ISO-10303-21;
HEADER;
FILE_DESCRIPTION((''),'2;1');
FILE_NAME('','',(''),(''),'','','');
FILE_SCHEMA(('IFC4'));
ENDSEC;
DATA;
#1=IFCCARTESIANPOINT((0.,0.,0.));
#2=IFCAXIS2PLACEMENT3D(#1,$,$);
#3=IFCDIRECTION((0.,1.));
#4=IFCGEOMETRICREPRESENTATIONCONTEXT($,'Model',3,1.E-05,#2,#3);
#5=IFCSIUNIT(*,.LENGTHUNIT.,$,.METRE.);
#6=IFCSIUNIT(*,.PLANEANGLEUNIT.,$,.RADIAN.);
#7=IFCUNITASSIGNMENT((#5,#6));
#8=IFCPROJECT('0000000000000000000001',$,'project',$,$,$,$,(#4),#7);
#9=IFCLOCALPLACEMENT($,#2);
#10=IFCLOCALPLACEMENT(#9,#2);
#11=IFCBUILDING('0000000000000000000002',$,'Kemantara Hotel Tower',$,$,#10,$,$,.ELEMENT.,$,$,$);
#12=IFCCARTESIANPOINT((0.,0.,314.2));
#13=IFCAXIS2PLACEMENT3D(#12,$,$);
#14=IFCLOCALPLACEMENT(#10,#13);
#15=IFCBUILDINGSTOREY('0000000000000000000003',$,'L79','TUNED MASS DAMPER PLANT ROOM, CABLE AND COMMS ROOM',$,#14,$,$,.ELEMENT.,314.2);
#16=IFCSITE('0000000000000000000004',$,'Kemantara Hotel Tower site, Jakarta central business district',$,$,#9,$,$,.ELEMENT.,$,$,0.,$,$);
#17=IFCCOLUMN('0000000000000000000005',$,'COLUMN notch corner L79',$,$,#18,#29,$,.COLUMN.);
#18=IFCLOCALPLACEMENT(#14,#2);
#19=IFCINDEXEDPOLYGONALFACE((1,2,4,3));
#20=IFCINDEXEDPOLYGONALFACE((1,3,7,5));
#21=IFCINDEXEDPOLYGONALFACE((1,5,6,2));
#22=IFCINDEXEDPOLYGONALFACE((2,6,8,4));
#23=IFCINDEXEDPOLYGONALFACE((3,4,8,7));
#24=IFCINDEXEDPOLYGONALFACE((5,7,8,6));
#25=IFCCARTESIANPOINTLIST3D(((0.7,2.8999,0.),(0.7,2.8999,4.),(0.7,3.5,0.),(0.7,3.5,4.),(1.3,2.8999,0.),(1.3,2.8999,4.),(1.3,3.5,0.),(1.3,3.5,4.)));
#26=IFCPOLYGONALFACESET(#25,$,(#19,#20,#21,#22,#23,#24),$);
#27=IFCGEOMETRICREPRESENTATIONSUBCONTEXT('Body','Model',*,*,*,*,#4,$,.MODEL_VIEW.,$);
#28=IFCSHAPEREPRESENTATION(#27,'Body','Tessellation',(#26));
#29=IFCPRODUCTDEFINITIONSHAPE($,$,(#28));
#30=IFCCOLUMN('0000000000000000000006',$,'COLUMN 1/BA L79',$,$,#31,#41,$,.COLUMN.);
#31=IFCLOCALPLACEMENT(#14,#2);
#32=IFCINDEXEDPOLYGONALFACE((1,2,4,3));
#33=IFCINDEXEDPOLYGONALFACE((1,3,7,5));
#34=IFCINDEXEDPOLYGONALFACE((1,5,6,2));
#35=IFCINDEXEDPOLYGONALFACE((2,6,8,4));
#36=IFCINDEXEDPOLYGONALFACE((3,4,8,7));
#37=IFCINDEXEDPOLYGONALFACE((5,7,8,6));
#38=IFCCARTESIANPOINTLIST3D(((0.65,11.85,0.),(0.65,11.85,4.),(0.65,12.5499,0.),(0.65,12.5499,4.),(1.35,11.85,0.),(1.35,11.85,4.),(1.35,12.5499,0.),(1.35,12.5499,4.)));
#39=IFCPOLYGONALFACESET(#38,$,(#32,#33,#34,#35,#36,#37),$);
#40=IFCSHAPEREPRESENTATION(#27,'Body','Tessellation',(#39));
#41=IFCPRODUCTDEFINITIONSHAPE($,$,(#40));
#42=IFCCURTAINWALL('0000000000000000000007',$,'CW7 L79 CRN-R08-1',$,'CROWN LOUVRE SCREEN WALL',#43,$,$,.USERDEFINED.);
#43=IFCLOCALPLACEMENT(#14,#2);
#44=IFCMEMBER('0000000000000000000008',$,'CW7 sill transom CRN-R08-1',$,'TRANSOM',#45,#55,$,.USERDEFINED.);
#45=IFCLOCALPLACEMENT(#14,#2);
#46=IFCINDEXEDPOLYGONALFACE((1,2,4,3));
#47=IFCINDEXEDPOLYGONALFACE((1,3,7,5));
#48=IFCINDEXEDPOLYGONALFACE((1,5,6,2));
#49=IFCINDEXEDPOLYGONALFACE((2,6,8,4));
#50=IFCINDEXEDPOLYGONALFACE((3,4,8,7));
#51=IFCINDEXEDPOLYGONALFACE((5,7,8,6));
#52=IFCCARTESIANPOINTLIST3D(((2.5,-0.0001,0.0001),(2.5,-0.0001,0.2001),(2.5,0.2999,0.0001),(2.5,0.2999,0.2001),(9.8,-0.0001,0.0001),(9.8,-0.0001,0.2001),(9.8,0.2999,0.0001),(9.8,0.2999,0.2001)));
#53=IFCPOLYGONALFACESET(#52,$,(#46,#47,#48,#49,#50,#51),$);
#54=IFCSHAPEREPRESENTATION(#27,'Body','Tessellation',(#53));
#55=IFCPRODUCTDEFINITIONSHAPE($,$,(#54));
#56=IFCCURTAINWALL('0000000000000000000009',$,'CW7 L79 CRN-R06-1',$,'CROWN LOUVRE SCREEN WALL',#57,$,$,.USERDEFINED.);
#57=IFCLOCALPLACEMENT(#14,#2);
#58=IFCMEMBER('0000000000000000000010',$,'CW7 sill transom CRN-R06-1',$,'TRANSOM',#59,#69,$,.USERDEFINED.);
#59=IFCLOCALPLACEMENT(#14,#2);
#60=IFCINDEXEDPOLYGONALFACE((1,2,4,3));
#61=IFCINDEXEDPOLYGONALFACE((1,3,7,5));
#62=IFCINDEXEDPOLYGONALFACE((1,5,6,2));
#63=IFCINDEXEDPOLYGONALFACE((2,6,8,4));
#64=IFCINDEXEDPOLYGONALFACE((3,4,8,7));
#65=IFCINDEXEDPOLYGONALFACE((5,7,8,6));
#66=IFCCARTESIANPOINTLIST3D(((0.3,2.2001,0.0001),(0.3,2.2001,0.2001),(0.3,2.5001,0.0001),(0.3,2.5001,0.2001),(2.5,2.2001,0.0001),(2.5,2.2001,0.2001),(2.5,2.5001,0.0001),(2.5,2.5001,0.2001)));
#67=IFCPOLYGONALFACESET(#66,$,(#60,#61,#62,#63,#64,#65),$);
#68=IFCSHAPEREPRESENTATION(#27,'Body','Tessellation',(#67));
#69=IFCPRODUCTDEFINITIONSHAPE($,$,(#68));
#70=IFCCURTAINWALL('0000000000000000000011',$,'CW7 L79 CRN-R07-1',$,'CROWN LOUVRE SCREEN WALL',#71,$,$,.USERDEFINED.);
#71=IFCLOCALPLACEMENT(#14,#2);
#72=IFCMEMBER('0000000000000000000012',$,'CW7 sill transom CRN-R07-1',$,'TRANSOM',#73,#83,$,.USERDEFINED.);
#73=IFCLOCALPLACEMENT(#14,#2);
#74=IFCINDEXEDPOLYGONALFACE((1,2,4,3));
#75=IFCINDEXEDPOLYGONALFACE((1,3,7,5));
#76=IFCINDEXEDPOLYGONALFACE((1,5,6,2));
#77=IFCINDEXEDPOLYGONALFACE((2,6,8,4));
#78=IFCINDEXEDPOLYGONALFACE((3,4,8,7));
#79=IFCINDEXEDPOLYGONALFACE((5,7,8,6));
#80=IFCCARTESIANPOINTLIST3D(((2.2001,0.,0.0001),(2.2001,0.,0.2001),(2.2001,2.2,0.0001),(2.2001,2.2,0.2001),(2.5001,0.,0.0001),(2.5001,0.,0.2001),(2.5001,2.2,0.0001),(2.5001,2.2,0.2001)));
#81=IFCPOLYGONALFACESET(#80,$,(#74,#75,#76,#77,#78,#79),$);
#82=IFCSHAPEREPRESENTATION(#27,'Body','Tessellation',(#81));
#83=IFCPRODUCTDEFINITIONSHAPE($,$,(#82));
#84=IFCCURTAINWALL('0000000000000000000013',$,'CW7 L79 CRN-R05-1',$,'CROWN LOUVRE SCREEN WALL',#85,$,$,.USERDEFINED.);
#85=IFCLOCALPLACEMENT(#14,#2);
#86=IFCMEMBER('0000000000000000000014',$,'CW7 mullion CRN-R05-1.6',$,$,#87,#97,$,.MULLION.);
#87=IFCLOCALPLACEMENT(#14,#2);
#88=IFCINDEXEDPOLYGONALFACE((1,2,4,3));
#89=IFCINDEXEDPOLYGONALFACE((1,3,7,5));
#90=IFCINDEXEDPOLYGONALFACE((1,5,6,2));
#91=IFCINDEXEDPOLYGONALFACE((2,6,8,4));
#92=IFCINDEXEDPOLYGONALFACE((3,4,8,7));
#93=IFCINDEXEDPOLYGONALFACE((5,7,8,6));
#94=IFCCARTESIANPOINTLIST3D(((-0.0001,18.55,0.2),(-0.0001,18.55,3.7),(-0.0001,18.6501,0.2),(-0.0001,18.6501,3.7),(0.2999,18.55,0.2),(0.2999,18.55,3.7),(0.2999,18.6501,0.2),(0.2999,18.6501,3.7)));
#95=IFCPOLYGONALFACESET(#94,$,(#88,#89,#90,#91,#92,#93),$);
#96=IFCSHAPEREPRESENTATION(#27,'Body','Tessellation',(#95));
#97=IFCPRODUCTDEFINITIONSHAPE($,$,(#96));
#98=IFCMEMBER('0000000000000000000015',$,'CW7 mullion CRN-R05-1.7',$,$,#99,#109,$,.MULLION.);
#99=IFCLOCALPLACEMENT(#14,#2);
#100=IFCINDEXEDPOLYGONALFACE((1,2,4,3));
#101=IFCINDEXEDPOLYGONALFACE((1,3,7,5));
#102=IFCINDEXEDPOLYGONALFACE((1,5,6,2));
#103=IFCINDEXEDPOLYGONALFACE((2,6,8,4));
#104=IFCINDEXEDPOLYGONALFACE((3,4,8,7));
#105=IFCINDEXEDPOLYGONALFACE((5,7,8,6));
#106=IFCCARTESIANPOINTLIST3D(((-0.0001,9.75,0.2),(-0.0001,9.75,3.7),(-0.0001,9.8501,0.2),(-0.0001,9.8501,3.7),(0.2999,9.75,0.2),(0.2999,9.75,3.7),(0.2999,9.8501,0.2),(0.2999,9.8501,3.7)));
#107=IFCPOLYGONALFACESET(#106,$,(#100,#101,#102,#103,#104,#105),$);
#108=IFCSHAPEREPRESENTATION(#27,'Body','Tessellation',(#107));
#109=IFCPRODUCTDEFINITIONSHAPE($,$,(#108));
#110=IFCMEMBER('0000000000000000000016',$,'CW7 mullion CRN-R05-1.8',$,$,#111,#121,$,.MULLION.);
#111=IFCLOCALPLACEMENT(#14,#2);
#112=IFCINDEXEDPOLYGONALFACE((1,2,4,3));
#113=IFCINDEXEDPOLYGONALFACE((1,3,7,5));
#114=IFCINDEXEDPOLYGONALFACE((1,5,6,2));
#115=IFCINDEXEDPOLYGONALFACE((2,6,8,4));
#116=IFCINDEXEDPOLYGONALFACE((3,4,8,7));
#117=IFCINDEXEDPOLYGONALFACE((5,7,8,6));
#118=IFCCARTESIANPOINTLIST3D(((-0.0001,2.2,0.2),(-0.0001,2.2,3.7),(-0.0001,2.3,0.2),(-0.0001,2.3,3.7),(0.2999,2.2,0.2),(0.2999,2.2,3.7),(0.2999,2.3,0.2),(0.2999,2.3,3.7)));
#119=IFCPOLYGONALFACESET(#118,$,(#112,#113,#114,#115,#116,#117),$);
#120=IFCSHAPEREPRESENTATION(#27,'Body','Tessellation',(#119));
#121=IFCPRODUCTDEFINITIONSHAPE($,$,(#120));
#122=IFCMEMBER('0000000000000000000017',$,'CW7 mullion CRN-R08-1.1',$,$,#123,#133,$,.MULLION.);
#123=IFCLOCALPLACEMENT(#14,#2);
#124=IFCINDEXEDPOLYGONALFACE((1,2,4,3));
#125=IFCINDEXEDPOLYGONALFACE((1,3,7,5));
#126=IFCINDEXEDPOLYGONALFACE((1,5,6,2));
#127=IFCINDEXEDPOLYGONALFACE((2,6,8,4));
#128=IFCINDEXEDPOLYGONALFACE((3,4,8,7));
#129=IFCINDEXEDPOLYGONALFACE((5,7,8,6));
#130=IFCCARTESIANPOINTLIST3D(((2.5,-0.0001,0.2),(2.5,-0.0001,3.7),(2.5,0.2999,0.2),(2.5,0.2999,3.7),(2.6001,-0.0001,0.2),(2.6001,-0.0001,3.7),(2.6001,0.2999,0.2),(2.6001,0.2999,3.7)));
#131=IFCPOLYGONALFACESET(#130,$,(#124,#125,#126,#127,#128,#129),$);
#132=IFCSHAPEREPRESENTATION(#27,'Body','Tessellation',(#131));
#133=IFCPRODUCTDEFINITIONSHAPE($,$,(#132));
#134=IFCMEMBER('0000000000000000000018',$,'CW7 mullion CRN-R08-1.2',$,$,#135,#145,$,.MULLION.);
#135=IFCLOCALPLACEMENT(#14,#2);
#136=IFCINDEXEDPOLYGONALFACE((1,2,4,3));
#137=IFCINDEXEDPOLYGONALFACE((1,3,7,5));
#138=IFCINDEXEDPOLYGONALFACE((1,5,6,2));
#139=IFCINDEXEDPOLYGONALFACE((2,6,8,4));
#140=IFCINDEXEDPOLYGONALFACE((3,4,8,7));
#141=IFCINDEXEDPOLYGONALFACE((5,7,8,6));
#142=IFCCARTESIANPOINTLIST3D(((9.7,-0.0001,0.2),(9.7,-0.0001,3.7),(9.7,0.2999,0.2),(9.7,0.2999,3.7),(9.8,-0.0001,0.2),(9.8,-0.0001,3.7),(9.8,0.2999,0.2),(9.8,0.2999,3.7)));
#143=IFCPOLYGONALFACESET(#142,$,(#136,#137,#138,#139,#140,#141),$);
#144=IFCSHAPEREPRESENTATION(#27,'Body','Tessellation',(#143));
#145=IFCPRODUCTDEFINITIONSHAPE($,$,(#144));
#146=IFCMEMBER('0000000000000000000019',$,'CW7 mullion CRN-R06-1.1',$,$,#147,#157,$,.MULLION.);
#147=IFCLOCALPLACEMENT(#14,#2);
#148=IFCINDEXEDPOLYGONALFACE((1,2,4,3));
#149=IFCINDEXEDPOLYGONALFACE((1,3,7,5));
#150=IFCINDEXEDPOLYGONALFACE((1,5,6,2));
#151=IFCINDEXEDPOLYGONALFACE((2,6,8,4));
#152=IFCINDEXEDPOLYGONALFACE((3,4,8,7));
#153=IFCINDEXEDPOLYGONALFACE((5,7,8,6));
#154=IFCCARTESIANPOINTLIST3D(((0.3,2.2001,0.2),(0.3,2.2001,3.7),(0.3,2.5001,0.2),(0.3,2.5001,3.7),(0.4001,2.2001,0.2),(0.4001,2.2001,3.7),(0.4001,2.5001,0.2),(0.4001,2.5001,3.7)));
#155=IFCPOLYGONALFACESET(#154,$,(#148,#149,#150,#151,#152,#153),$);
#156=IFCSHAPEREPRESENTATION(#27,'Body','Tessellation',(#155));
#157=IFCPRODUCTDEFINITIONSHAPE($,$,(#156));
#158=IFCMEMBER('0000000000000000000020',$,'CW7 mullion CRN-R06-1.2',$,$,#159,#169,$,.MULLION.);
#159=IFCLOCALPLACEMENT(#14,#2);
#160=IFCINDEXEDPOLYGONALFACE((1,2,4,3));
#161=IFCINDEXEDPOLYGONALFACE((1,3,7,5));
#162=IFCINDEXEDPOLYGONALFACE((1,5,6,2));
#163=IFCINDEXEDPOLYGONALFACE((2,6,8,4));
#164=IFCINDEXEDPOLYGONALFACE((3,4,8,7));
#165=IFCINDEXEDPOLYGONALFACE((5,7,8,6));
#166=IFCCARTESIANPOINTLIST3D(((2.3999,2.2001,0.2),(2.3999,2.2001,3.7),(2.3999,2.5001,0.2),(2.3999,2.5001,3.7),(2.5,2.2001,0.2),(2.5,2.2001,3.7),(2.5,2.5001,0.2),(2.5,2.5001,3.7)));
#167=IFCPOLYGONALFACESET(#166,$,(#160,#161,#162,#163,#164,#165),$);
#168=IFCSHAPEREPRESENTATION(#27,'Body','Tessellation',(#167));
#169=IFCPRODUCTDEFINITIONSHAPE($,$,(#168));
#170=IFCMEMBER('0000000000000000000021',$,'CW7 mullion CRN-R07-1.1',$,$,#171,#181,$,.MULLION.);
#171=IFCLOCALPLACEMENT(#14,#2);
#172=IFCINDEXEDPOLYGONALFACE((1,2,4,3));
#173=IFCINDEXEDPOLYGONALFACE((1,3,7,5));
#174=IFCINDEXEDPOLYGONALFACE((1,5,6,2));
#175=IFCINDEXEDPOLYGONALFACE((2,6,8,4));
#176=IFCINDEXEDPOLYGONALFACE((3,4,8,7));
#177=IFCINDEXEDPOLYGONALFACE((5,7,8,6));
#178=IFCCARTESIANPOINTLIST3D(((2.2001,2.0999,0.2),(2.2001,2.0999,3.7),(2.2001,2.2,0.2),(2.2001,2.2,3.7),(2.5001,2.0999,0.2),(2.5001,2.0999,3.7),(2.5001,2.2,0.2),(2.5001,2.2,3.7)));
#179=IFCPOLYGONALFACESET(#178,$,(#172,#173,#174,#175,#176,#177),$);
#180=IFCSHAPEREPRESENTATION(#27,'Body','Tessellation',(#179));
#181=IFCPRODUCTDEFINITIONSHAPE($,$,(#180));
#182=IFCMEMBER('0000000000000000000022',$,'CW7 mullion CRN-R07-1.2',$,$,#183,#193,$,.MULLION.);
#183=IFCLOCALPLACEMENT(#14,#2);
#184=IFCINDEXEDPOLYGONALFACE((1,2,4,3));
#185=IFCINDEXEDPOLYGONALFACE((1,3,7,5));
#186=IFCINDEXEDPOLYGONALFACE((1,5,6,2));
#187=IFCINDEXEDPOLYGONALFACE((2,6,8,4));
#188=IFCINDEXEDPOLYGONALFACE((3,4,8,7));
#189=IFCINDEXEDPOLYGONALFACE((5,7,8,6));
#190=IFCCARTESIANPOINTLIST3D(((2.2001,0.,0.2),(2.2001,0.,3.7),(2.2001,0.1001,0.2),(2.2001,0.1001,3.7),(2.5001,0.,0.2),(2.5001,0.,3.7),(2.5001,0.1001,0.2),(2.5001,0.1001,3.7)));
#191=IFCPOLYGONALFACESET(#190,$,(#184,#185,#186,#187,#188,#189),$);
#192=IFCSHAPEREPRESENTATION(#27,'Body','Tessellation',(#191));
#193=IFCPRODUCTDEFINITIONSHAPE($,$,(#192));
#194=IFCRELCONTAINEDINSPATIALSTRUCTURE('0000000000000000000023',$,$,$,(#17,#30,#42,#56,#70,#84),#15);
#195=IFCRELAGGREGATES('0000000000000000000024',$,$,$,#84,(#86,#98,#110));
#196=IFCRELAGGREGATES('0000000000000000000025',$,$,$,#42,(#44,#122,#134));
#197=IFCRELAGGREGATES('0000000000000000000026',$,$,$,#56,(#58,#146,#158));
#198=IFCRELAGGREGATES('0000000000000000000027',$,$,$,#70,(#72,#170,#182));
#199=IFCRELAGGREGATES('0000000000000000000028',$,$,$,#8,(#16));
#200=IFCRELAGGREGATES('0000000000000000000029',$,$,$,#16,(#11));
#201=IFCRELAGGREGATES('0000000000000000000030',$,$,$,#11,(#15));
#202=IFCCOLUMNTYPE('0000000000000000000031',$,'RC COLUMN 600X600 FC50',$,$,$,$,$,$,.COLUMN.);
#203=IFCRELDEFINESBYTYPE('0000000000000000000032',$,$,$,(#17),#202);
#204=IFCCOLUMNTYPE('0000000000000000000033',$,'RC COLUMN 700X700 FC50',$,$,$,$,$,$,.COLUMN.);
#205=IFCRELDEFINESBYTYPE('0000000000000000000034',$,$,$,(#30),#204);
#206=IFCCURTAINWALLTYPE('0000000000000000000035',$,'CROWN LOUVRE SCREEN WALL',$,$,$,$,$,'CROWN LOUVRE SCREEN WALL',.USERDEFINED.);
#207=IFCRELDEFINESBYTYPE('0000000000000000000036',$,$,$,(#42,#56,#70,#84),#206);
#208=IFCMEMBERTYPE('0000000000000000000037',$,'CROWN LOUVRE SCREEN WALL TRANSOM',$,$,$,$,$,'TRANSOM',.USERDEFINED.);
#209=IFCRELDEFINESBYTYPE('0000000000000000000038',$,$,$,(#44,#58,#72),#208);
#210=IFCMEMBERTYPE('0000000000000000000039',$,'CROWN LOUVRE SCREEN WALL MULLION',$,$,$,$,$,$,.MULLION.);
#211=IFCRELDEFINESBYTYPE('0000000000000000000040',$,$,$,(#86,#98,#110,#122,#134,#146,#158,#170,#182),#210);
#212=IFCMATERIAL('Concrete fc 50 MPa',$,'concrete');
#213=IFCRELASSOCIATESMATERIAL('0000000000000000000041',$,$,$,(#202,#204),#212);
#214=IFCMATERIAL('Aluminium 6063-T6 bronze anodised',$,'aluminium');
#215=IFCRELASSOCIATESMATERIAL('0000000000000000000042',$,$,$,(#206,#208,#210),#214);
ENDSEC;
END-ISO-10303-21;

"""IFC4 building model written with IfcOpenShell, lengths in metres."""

from ifc_helpers import new_model, si_unit, direction, frame, origin, origin_2d, place, context, subcontext, project, spatial, rectangle, extrude, source, transform, mapped, material, material_profile, profile_set, type_object, element, aggregate, save


model = new_model("IFC4")

# Units and contexts
model_context = context("Model", 3, precision=1e-05, world=origin(), true_north=direction((0.0, 1.0)))
body_context = subcontext(model_context, "Body", "Model", "MODEL_VIEW")
ifc_project = project(units=[si_unit("LENGTHUNIT", "METRE"), si_unit("PLANEANGLEUNIT", "RADIAN")], contexts=[model_context])

# Site, building, storey
site_placement = place(None, origin())
site = spatial("IfcSite", under=ifc_project, at=site_placement, Name="Kemantara Hotel Tower site, Jakarta central business district", CompositionType="ELEMENT", RefElevation=0.0)
building_placement = place(site_placement, origin())
building = spatial("IfcBuilding", under=site, at=building_placement, Name="Kemantara Hotel Tower", CompositionType="ELEMENT")
storey_placement = place(building_placement, frame((0.0, 0.0, 314.2)))
storey = spatial("IfcBuildingStorey", under=building, at=storey_placement, Name="L79", Description="TUNED MASS DAMPER PLANT ROOM, CABLE AND COMMS ROOM", CompositionType="ELEMENT", Elevation=314.2)

# Columns
ifc_material_1 = material(Name="Concrete fc 50 MPa", Category="concrete")
ifc_material_profile_1 = material_profile(ifc_material_1, rectangle(XDim=0.6001, YDim=0.6001, at=origin_2d()), Name="RC 600X600")
ifc_profile_set_1 = profile_set([ifc_material_profile_1], Name="Concrete fc 50 MPa")
column_type_1 = type_object("IfcColumnType", Name="RC COLUMN 600X600 FC50", PredefinedType="COLUMN", material=ifc_profile_set_1)
column_1_placement = place(storey_placement, frame((1.0, 3.2, 0.0), z_axis=(0.0, 0.0, 1.0), x_axis=(1.0, 0.0, 0.0)))
element("IfcColumn", 1, at=column_1_placement, inside=storey, type_object=column_type_1, Name="COLUMN notch corner L79", PredefinedType="COLUMN", context=body_context, shape_type="SweptSolid", body=[
    extrude(rectangle(XDim=0.6001, YDim=0.6001, at=origin_2d()), origin(), (0.0, 0.0, 1.0), 4.0),
])
ifc_material_profile_2 = material_profile(ifc_material_1, rectangle(XDim=0.7, YDim=0.7, at=origin_2d()), Name="RC 700X700")
ifc_profile_set_2 = profile_set([ifc_material_profile_2], Name="Concrete fc 50 MPa")
column_type_2 = type_object("IfcColumnType", Name="RC COLUMN 700X700 FC50", PredefinedType="COLUMN", material=ifc_profile_set_2)
column_2_placement = place(storey_placement, frame((1.0, 12.2, 0.0), z_axis=(0.0, 0.0, 1.0), x_axis=(1.0, 0.0, 0.0)))
element("IfcColumn", 2, at=column_2_placement, inside=storey, type_object=column_type_2, Name="COLUMN 1/BA L79", PredefinedType="COLUMN", context=body_context, shape_type="SweptSolid", body=[
    extrude(rectangle(XDim=0.7, YDim=0.7, at=origin_2d()), origin(), (0.0, 0.0, 1.0), 4.0),
])

# Curtain walls, members
ifc_material_2 = material(Name="Aluminium 6063-T6 bronze anodised", Category="aluminium")
curtain_wall_type = type_object("IfcCurtainWallType", Name="CROWN LOUVRE SCREEN WALL", ElementType="CROWN LOUVRE SCREEN WALL", PredefinedType="USERDEFINED", material=ifc_material_2)
curtain_wall_1_placement = place(storey_placement, origin())
curtain_wall_1 = element("IfcCurtainWall", 3, at=curtain_wall_1_placement, inside=storey, type_object=curtain_wall_type, Name="CW7 L79 CRN-R08-1", ObjectType="CROWN LOUVRE SCREEN WALL", PredefinedType="USERDEFINED")
ifc_material_profile_3 = material_profile(ifc_material_2, rectangle(XDim=0.3, YDim=0.2, at=origin_2d()), Name="CROWN LOUVRE SCREEN WALL TRANSOM")
ifc_profile_set_3 = profile_set([ifc_material_profile_3], Name="Aluminium 6063-T6 bronze anodised")
member_type_1 = type_object("IfcMemberType", Name="CROWN LOUVRE SCREEN WALL TRANSOM", ElementType="TRANSOM", PredefinedType="USERDEFINED", material=ifc_profile_set_3)
member_1_placement = place(storey_placement, frame((2.5, 0.1499, 0.1001), z_axis=(1.0, 0.0, 0.0), x_axis=(0.0, 1.0, 0.0)))
member_1 = element("IfcMember", 4, at=member_1_placement, type_object=member_type_1, Name="CW7 sill transom CRN-R08-1", ObjectType="TRANSOM", PredefinedType="USERDEFINED", context=body_context, shape_type="SweptSolid", body=[
    extrude(rectangle(XDim=0.3, YDim=0.2, at=origin_2d()), origin(), (0.0, 0.0, 1.0), 7.3),
])
curtain_wall_2_placement = place(storey_placement, origin())
curtain_wall_2 = element("IfcCurtainWall", 5, at=curtain_wall_2_placement, inside=storey, type_object=curtain_wall_type, Name="CW7 L79 CRN-R06-1", ObjectType="CROWN LOUVRE SCREEN WALL", PredefinedType="USERDEFINED")
member_2_placement = place(storey_placement, frame((0.3, 2.3501, 0.1001), z_axis=(1.0, 0.0, 0.0), x_axis=(0.0, 1.0, 0.0)))
member_2 = element("IfcMember", 6, at=member_2_placement, type_object=member_type_1, Name="CW7 sill transom CRN-R06-1", ObjectType="TRANSOM", PredefinedType="USERDEFINED", context=body_context, shape_type="SweptSolid", body=[
    extrude(rectangle(XDim=0.3, YDim=0.2, at=origin_2d()), origin(), (0.0, 0.0, 1.0), 2.2),
])
curtain_wall_3_placement = place(storey_placement, origin())
curtain_wall_3 = element("IfcCurtainWall", 7, at=curtain_wall_3_placement, inside=storey, type_object=curtain_wall_type, Name="CW7 L79 CRN-R07-1", ObjectType="CROWN LOUVRE SCREEN WALL", PredefinedType="USERDEFINED")
member_3_placement = place(storey_placement, frame((2.3501, 2.2, 0.1001), z_axis=(0.0, -1.0, 0.0), x_axis=(1.0, 0.0, 0.0)))
member_3 = element("IfcMember", 8, at=member_3_placement, type_object=member_type_1, Name="CW7 sill transom CRN-R07-1", ObjectType="TRANSOM", PredefinedType="USERDEFINED", context=body_context, shape_type="SweptSolid", body=[
    extrude(rectangle(XDim=0.3, YDim=0.2, at=origin_2d()), origin(), (0.0, 0.0, 1.0), 2.2),
])

# Curtain wall, members
curtain_wall_4_placement = place(storey_placement, origin())
curtain_wall_4 = element("IfcCurtainWall", 9, at=curtain_wall_4_placement, inside=storey, type_object=curtain_wall_type, Name="CW7 L79 CRN-R05-1", ObjectType="CROWN LOUVRE SCREEN WALL", PredefinedType="USERDEFINED")
ifc_material_profile_4 = material_profile(ifc_material_2, rectangle(XDim=0.3, YDim=0.1001, at=origin_2d()), Name="CROWN LOUVRE SCREEN WALL MULLION")
ifc_profile_set_4 = profile_set([ifc_material_profile_4], Name="Aluminium 6063-T6 bronze anodised")
member_type_2 = type_object("IfcMemberType", Name="CROWN LOUVRE SCREEN WALL MULLION", PredefinedType="MULLION", material=ifc_profile_set_4)
shared_shape_1 = source(origin(), body_context, "Body", "SweptSolid", [
    extrude(rectangle(XDim=0.3, YDim=0.1001, at=origin_2d()), origin(), (0.0, 0.0, 1.0), 3.5),
])
member_4_placement = place(storey_placement, frame((0.1499, 18.6001, 0.2), z_axis=(0.0, 0.0, 1.0), x_axis=(1.0, 0.0, 0.0)))
member_4 = element("IfcMember", 10, at=member_4_placement, type_object=member_type_2, Name="CW7 mullion CRN-R05-1.6", PredefinedType="MULLION", context=body_context, shape_type="MappedRepresentation", body=[
    mapped(shared_shape_1, transform((0.0, 0.0, 0.0))),
])
member_5_placement = place(storey_placement, frame((0.1499, 9.8, 0.2), z_axis=(0.0, 0.0, 1.0), x_axis=(1.0, 0.0, 0.0)))
member_5 = element("IfcMember", 11, at=member_5_placement, type_object=member_type_2, Name="CW7 mullion CRN-R05-1.7", PredefinedType="MULLION", context=body_context, shape_type="MappedRepresentation", body=[
    mapped(shared_shape_1, transform((0.0, 0.0, 0.0))),
])
member_6_placement = place(storey_placement, frame((0.1499, 2.25, 0.2), z_axis=(0.0, 0.0, 1.0), x_axis=(1.0, 0.0, 0.0)))
member_6 = element("IfcMember", 12, at=member_6_placement, type_object=member_type_2, Name="CW7 mullion CRN-R05-1.8", PredefinedType="MULLION", context=body_context, shape_type="MappedRepresentation", body=[
    mapped(shared_shape_1, transform((0.0, 0.0, 0.0))),
])

# Members
member_7_placement = place(storey_placement, frame((2.55, 0.1499, 0.2), z_axis=(0.0, 0.0, 1.0), x_axis=(0.0, 1.0, 0.0)))
member_7 = element("IfcMember", 13, at=member_7_placement, type_object=member_type_2, Name="CW7 mullion CRN-R08-1.1", PredefinedType="MULLION", context=body_context, shape_type="MappedRepresentation", body=[
    mapped(shared_shape_1, transform((0.0, 0.0, 0.0))),
])
member_8_placement = place(storey_placement, frame((9.75, 0.1499, 0.2), z_axis=(0.0, 0.0, 1.0), x_axis=(0.0, 1.0, 0.0)))
member_8 = element("IfcMember", 14, at=member_8_placement, type_object=member_type_2, Name="CW7 mullion CRN-R08-1.2", PredefinedType="MULLION", context=body_context, shape_type="MappedRepresentation", body=[
    mapped(shared_shape_1, transform((0.0, 0.0, 0.0))),
])
member_9_placement = place(storey_placement, frame((0.3501, 2.3501, 0.2), z_axis=(0.0, 0.0, 1.0), x_axis=(0.0, 1.0, 0.0)))
member_9 = element("IfcMember", 15, at=member_9_placement, type_object=member_type_2, Name="CW7 mullion CRN-R06-1.1", PredefinedType="MULLION", context=body_context, shape_type="MappedRepresentation", body=[
    mapped(shared_shape_1, transform((0.0, 0.0, 0.0))),
])
member_10_placement = place(storey_placement, frame((2.45, 2.3501, 0.2), z_axis=(0.0, 0.0, 1.0), x_axis=(0.0, 1.0, 0.0)))
member_10 = element("IfcMember", 16, at=member_10_placement, type_object=member_type_2, Name="CW7 mullion CRN-R06-1.2", PredefinedType="MULLION", context=body_context, shape_type="MappedRepresentation", body=[
    mapped(shared_shape_1, transform((0.0, 0.0, 0.0))),
])
member_11_placement = place(storey_placement, frame((2.3501, 2.1499, 0.2), z_axis=(0.0, 0.0, 1.0), x_axis=(1.0, 0.0, 0.0)))
member_11 = element("IfcMember", 17, at=member_11_placement, type_object=member_type_2, Name="CW7 mullion CRN-R07-1.1", PredefinedType="MULLION", context=body_context, shape_type="MappedRepresentation", body=[
    mapped(shared_shape_1, transform((0.0, 0.0, 0.0))),
])
member_12_placement = place(storey_placement, frame((2.3501, 0.05, 0.2), z_axis=(0.0, 0.0, 1.0), x_axis=(1.0, 0.0, 0.0)))
member_12 = element("IfcMember", 18, at=member_12_placement, type_object=member_type_2, Name="CW7 mullion CRN-R07-1.2", PredefinedType="MULLION", context=body_context, shape_type="MappedRepresentation", body=[
    mapped(shared_shape_1, transform((0.0, 0.0, 0.0))),
])

aggregate(curtain_wall_4, [member_4, member_5, member_6])
aggregate(curtain_wall_1, [member_1, member_7, member_8])
aggregate(curtain_wall_2, [member_2, member_9, member_10])
aggregate(curtain_wall_3, [member_3, member_11, member_12])

save(model, "model.ifc")
